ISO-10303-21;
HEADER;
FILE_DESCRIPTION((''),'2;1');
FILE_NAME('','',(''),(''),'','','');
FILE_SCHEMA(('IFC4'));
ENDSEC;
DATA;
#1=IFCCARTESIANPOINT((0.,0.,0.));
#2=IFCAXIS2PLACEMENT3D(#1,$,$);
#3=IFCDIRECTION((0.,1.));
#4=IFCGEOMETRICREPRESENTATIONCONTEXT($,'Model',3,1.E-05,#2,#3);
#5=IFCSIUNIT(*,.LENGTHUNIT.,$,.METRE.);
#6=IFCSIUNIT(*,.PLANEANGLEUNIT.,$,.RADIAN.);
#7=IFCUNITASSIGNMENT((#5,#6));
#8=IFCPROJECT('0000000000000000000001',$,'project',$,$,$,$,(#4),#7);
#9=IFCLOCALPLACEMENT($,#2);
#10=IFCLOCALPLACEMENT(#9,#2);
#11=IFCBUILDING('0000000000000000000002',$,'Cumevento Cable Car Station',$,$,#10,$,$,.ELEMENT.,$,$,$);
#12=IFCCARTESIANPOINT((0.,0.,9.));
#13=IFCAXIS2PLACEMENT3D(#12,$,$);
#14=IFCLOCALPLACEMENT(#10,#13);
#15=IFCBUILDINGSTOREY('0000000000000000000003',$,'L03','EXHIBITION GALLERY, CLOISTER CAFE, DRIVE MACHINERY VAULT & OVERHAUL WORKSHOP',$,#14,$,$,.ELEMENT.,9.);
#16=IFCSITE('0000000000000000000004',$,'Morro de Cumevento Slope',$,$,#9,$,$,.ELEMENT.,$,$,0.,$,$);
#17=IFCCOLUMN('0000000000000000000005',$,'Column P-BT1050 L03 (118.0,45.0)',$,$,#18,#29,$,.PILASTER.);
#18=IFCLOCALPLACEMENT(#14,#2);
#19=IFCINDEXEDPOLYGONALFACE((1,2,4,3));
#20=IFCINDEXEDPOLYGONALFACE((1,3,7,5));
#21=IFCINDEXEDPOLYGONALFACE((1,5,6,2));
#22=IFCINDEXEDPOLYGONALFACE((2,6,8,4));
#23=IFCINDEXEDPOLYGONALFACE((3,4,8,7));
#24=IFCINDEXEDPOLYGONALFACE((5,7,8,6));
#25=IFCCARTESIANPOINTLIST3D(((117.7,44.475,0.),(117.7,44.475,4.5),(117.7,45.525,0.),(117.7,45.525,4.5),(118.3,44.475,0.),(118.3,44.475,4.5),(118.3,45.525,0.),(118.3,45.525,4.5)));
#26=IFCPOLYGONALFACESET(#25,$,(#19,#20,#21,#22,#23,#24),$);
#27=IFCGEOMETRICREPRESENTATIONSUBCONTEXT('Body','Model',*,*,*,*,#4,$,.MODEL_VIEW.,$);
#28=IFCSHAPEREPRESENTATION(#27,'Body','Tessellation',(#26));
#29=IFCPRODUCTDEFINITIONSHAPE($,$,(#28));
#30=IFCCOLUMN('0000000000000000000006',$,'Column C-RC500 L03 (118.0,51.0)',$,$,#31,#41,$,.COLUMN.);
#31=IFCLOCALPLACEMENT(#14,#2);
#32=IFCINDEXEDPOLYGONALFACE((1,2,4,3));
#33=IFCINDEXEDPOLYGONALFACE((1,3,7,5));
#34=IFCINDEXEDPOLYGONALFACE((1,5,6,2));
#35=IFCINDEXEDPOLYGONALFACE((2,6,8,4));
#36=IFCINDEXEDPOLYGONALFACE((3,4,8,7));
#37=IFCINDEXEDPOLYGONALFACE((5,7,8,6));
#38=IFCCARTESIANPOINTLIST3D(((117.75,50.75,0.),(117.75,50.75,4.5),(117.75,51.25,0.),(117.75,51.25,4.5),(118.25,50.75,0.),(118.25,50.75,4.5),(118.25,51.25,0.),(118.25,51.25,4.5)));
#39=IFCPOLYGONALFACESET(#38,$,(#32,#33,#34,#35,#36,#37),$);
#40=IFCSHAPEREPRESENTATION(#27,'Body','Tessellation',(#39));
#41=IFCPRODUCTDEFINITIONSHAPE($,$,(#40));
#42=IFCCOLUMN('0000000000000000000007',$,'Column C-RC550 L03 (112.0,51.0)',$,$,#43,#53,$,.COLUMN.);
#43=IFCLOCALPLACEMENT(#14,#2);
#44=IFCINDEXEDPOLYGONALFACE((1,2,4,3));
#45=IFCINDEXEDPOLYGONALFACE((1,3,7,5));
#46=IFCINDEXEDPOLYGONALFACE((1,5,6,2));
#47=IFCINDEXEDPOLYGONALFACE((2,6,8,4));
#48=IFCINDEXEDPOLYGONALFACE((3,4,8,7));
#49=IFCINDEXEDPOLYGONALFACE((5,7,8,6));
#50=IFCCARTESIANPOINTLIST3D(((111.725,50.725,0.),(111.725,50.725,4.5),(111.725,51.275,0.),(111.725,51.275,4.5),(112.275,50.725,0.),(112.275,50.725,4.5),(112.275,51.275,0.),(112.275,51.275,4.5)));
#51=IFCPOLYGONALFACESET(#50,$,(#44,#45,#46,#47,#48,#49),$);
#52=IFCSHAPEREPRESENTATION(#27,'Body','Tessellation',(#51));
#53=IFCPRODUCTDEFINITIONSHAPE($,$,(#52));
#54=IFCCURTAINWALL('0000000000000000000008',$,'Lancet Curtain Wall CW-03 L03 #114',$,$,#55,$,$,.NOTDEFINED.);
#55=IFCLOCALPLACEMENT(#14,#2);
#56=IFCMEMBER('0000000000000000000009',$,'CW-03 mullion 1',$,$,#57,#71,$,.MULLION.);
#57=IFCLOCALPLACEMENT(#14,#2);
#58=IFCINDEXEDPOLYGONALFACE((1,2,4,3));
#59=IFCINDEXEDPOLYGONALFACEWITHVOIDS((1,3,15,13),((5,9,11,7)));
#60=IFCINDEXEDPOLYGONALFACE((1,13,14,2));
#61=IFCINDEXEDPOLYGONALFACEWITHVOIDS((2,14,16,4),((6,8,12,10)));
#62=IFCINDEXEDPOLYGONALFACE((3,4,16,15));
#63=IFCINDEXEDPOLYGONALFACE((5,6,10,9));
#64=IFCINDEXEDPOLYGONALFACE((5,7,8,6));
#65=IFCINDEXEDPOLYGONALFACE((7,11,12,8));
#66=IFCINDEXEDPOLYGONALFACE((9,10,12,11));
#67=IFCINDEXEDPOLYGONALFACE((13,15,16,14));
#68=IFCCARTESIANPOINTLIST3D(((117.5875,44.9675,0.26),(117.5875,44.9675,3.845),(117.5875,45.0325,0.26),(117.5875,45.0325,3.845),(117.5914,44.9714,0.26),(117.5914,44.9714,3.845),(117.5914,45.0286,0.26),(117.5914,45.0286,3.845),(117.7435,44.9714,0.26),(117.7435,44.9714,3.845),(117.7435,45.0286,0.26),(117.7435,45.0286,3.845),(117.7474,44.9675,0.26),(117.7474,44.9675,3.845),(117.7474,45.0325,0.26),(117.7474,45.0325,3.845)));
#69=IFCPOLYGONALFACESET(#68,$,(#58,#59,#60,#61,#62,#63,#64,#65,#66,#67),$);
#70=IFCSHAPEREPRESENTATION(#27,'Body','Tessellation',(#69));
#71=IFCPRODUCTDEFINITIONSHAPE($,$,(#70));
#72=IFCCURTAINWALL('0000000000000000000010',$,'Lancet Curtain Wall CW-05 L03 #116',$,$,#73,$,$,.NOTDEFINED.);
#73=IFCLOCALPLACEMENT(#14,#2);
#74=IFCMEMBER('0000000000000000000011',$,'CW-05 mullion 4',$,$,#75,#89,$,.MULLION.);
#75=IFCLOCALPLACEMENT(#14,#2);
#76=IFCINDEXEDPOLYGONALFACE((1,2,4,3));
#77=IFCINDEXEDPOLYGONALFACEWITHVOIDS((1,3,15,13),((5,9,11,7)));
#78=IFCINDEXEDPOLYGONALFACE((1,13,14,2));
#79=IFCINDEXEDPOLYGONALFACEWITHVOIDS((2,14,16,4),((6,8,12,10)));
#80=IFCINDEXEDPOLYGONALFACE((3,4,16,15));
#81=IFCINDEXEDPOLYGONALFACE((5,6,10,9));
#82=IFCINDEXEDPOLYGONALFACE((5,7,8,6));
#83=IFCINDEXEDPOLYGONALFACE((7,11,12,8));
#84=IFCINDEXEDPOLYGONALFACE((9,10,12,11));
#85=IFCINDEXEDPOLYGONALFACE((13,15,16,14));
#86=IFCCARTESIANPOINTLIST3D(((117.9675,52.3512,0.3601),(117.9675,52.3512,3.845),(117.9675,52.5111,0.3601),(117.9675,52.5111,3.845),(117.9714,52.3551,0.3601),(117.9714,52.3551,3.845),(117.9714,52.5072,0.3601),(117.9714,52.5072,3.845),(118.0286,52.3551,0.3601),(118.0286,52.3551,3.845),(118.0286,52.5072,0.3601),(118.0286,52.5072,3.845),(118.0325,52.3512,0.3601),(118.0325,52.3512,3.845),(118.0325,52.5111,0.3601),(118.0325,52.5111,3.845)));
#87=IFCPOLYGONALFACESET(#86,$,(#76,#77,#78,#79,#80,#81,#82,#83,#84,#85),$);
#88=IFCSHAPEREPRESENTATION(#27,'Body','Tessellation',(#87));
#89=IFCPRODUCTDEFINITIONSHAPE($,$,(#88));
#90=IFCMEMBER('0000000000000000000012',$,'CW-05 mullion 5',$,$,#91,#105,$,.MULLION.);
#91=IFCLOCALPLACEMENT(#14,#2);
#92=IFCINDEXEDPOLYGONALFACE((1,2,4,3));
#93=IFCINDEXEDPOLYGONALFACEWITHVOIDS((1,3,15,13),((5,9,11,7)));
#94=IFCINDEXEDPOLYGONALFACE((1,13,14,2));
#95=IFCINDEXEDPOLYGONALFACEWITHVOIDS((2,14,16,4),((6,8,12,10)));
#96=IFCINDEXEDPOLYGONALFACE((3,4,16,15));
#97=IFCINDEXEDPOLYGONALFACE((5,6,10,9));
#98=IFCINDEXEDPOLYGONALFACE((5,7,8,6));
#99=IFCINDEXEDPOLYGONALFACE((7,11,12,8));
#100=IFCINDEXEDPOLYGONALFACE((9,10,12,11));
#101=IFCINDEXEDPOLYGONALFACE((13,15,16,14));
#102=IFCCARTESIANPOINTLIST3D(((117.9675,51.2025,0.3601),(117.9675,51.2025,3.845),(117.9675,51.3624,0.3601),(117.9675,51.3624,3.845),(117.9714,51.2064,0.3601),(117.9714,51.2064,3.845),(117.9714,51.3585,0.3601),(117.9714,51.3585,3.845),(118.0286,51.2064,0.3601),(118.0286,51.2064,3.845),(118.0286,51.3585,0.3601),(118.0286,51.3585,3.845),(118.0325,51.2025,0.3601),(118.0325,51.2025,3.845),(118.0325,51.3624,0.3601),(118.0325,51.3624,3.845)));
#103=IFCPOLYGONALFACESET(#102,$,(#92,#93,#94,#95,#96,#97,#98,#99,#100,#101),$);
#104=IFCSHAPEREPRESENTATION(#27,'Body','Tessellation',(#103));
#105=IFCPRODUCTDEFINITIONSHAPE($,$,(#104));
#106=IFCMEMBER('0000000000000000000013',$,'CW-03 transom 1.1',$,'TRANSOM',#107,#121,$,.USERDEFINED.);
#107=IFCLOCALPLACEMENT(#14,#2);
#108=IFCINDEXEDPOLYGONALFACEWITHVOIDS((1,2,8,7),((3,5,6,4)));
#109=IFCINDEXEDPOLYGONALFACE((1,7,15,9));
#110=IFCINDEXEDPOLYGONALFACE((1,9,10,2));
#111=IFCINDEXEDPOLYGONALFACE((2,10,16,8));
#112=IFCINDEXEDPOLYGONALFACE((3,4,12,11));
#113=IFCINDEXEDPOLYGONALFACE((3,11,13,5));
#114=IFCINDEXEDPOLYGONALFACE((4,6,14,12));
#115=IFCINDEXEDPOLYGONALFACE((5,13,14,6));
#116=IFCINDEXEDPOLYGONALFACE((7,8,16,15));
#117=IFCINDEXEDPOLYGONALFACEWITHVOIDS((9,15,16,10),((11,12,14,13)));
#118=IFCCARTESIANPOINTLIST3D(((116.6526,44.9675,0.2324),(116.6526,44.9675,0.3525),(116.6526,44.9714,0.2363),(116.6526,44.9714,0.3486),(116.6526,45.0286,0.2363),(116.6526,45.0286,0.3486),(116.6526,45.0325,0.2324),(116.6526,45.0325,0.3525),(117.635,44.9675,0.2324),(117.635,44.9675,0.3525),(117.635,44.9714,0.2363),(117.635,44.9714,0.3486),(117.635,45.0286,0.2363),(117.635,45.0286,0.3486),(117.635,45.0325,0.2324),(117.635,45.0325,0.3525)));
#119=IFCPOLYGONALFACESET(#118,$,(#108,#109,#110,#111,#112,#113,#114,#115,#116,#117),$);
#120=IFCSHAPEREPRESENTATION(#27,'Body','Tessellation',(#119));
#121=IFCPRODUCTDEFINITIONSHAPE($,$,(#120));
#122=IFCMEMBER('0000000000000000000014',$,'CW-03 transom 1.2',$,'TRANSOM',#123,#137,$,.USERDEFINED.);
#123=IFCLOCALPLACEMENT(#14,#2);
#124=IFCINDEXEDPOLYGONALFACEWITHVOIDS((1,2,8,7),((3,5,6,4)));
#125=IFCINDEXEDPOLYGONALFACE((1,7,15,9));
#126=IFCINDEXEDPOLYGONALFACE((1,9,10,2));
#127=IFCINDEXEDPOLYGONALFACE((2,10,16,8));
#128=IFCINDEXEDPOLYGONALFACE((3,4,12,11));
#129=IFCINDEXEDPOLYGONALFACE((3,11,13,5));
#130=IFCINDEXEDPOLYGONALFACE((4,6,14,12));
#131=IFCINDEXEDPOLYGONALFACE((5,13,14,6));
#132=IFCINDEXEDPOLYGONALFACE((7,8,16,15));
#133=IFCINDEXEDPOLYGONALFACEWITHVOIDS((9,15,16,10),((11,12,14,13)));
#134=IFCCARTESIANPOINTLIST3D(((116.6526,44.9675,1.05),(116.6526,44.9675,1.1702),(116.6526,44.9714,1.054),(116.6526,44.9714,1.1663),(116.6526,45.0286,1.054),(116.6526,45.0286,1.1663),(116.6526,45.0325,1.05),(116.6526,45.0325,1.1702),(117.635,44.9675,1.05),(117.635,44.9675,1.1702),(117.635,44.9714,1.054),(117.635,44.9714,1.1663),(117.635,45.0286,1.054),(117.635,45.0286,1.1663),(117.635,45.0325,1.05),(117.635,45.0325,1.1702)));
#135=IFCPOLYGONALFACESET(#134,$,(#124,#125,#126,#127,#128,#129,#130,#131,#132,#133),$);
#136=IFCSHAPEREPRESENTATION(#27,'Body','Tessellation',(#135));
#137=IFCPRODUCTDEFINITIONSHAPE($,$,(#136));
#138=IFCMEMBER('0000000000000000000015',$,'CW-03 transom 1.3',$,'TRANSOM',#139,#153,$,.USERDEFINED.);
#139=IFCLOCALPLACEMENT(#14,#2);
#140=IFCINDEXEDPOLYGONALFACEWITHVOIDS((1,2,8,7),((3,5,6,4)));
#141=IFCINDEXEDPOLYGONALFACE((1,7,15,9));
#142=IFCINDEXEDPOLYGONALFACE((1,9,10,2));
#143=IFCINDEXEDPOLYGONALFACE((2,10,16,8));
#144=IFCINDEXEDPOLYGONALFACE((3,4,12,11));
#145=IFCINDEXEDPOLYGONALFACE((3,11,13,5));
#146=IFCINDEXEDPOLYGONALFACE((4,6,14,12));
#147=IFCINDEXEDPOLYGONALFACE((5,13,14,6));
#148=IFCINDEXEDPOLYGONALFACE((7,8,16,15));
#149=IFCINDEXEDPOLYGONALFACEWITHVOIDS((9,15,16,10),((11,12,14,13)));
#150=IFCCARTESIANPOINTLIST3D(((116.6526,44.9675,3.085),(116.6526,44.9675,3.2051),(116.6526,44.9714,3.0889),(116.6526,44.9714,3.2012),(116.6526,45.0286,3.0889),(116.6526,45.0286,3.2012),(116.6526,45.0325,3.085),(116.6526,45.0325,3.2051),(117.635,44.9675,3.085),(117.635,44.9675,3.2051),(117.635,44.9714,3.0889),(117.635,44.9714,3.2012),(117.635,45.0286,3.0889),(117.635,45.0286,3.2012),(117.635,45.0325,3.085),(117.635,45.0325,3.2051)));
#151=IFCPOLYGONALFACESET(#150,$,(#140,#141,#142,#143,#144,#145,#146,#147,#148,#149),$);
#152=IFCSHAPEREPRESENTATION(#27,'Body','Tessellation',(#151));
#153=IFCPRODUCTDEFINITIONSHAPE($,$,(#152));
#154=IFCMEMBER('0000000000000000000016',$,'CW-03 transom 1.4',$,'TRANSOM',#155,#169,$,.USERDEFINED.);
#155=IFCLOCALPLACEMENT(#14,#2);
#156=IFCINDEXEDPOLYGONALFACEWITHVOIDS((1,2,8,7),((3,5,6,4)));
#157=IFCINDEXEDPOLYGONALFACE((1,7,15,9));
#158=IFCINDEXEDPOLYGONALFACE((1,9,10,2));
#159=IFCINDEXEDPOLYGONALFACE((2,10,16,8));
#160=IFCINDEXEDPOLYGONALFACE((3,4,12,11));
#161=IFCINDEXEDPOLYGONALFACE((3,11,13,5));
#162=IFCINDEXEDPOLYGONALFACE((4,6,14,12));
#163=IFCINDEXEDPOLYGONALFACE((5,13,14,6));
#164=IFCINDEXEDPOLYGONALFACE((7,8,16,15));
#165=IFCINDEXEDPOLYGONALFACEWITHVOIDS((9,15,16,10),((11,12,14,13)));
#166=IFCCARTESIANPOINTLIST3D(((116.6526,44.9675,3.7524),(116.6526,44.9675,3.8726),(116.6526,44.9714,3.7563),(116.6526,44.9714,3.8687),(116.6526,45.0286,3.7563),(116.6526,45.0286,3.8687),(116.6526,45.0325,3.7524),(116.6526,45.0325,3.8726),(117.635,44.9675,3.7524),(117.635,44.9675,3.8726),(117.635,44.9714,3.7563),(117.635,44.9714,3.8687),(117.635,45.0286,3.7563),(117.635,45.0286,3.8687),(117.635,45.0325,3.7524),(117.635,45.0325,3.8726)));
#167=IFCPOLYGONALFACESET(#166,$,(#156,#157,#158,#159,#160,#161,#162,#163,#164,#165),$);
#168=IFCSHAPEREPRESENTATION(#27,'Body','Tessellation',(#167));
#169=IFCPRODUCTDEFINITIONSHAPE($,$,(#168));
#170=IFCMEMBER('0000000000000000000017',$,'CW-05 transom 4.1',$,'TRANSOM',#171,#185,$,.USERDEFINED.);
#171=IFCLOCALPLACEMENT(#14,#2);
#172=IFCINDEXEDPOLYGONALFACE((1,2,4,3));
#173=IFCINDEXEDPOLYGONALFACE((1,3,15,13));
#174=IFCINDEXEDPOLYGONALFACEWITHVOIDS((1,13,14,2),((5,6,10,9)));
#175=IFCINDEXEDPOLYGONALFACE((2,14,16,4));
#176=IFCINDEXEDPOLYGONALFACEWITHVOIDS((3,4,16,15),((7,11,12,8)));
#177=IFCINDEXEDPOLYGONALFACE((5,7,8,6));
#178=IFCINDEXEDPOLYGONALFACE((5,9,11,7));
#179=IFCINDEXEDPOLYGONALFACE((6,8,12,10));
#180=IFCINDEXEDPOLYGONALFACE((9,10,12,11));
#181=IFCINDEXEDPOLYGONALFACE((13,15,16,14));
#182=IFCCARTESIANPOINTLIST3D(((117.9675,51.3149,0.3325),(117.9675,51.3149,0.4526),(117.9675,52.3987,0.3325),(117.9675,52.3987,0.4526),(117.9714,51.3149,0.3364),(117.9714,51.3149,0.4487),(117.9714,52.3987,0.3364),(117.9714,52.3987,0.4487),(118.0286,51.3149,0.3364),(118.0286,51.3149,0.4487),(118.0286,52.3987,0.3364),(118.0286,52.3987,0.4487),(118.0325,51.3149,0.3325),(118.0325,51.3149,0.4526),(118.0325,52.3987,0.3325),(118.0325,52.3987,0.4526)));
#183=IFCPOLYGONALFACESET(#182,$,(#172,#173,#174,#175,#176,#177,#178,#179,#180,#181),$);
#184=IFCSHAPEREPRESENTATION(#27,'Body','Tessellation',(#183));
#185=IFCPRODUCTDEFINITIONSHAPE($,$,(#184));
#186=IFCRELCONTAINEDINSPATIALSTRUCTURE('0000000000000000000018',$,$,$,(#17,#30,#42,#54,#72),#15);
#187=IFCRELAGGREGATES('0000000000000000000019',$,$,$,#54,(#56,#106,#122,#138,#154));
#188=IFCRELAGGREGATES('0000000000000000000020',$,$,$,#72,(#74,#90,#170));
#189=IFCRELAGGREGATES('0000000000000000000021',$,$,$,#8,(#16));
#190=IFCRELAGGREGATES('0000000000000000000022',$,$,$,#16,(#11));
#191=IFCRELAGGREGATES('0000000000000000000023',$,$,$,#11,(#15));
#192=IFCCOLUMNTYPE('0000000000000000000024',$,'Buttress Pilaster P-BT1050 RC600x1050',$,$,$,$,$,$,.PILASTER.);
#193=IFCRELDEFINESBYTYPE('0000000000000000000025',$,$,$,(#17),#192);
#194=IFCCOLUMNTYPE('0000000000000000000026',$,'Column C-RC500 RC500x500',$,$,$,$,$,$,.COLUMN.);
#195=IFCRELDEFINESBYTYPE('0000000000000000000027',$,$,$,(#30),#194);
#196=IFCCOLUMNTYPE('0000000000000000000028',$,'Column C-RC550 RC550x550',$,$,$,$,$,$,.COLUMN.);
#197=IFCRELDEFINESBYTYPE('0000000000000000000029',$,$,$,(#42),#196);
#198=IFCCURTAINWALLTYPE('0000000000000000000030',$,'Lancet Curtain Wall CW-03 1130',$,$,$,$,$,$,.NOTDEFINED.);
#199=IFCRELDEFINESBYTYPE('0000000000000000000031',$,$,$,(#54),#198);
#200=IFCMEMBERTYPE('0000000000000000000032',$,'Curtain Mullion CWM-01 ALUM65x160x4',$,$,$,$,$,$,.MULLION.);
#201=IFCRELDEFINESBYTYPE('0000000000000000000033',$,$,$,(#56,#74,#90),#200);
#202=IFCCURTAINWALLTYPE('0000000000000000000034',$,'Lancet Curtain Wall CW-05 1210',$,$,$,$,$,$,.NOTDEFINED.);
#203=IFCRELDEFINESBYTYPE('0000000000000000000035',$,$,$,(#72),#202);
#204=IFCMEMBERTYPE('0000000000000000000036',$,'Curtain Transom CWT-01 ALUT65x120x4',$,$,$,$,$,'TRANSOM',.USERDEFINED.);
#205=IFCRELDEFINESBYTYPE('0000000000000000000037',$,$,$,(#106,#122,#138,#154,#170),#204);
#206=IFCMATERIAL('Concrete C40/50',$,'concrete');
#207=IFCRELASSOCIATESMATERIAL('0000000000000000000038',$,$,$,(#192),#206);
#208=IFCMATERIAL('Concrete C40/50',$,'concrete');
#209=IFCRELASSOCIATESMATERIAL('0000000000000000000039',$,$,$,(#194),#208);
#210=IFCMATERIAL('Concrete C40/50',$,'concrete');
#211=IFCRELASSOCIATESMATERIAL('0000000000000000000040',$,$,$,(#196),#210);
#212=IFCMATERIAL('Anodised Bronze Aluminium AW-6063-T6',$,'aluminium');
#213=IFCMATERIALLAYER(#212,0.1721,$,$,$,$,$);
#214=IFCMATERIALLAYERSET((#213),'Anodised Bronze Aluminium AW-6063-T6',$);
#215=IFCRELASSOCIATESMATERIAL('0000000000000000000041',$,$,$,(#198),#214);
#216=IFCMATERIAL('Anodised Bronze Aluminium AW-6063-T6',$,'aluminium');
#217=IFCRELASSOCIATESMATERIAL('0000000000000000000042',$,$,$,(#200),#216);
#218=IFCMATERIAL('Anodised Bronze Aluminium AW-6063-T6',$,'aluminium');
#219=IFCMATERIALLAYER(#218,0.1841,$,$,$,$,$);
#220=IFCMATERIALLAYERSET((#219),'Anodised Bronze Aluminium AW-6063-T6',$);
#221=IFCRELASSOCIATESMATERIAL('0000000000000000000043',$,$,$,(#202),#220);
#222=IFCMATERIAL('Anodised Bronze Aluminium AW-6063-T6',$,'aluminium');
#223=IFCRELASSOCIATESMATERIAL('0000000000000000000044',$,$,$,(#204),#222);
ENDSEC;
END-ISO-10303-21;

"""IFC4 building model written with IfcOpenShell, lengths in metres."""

from ifc_helpers import new_model, si_unit, direction, frame, origin, origin_2d, place, context, subcontext, project, spatial, rectangle, hollow_rectangle, extrude, material, layer, layer_set, material_profile, profile_set, type_object, element, aggregate, save


model = new_model("IFC4")

# Units and contexts
model_context = context("Model", 3, precision=1e-05, world=origin(), true_north=direction((0.0, 1.0)))
body_context = subcontext(model_context, "Body", "Model", "MODEL_VIEW")
ifc_project = project(units=[si_unit("LENGTHUNIT", "METRE"), si_unit("PLANEANGLEUNIT", "RADIAN")], contexts=[model_context])

# Site, building, storey
site_placement = place(None, origin())
site = spatial("IfcSite", under=ifc_project, at=site_placement, Name="Morro de Cumevento Slope", CompositionType="ELEMENT", RefElevation=0.0)
building_placement = place(site_placement, origin())
building = spatial("IfcBuilding", under=site, at=building_placement, Name="Cumevento Cable Car Station", CompositionType="ELEMENT")
storey_placement = place(building_placement, frame((0.0, 0.0, 9.0)))
storey = spatial("IfcBuildingStorey", under=building, at=storey_placement, Name="L03", Description="EXHIBITION GALLERY, CLOISTER CAFE, DRIVE MACHINERY VAULT & OVERHAUL WORKSHOP", CompositionType="ELEMENT", Elevation=9.0)

# Columns
ifc_material_1 = material(Name="Concrete C40/50", Category="concrete")
ifc_material_profile_1 = material_profile(ifc_material_1, rectangle(XDim=0.6001, YDim=1.05, at=origin_2d()), Name="RC600x1050")
ifc_profile_set_1 = profile_set([ifc_material_profile_1], Name="Concrete C40/50")
column_type_1 = type_object("IfcColumnType", Name="Buttress Pilaster P-BT1050 RC600x1050", PredefinedType="PILASTER", material=ifc_profile_set_1)
column_1_placement = place(storey_placement, frame((118.0, 45.0, 0.0), z_axis=(0.0, 0.0, 1.0), x_axis=(1.0, 0.0, 0.0)))
element("IfcColumn", 1, at=column_1_placement, inside=storey, type_object=column_type_1, Name="Column P-BT1050 L03 (118.0,45.0)", PredefinedType="PILASTER", context=body_context, shape_type="SweptSolid", body=[
    extrude(rectangle(XDim=0.6001, YDim=1.05, at=origin_2d()), origin(), (0.0, 0.0, 1.0), 4.5),
])
ifc_material_2 = material(Name="Concrete C40/50", Category="concrete")
ifc_material_profile_2 = material_profile(ifc_material_2, rectangle(XDim=0.5, YDim=0.5, at=origin_2d()), Name="RC500x500")
ifc_profile_set_2 = profile_set([ifc_material_profile_2], Name="Concrete C40/50")
column_type_2 = type_object("IfcColumnType", Name="Column C-RC500 RC500x500", PredefinedType="COLUMN", material=ifc_profile_set_2)
column_2_placement = place(storey_placement, frame((118.0, 51.0, 0.0), z_axis=(0.0, 0.0, 1.0), x_axis=(1.0, 0.0, 0.0)))
element("IfcColumn", 2, at=column_2_placement, inside=storey, type_object=column_type_2, Name="Column C-RC500 L03 (118.0,51.0)", PredefinedType="COLUMN", context=body_context, shape_type="SweptSolid", body=[
    extrude(rectangle(XDim=0.5, YDim=0.5, at=origin_2d()), origin(), (0.0, 0.0, 1.0), 4.5),
])
ifc_material_3 = material(Name="Concrete C40/50", Category="concrete")
ifc_material_profile_3 = material_profile(ifc_material_3, rectangle(XDim=0.55, YDim=0.55, at=origin_2d()), Name="RC550x550")
ifc_profile_set_3 = profile_set([ifc_material_profile_3], Name="Concrete C40/50")
column_type_3 = type_object("IfcColumnType", Name="Column C-RC550 RC550x550", PredefinedType="COLUMN", material=ifc_profile_set_3)
column_3_placement = place(storey_placement, frame((112.0, 51.0, 0.0), z_axis=(0.0, 0.0, 1.0), x_axis=(1.0, 0.0, 0.0)))
element("IfcColumn", 3, at=column_3_placement, inside=storey, type_object=column_type_3, Name="Column C-RC550 L03 (112.0,51.0)", PredefinedType="COLUMN", context=body_context, shape_type="SweptSolid", body=[
    extrude(rectangle(XDim=0.55, YDim=0.55, at=origin_2d()), origin(), (0.0, 0.0, 1.0), 4.5),
])

# Curtain wall, member
ifc_material_4 = material(Name="Anodised Bronze Aluminium AW-6063-T6", Category="aluminium")
ifc_layer_1 = layer(ifc_material_4, 0.1721)
ifc_layer_set_1 = layer_set([ifc_layer_1], Name="Anodised Bronze Aluminium AW-6063-T6")
curtain_wall_type_1 = type_object("IfcCurtainWallType", Name="Lancet Curtain Wall CW-03 1130", PredefinedType="NOTDEFINED", material=ifc_layer_set_1)
curtain_wall_1_placement = place(storey_placement, origin())
curtain_wall_1 = element("IfcCurtainWall", 4, at=curtain_wall_1_placement, inside=storey, type_object=curtain_wall_type_1, Name="Lancet Curtain Wall CW-03 L03 #114", PredefinedType="NOTDEFINED")
ifc_material_5 = material(Name="Anodised Bronze Aluminium AW-6063-T6", Category="aluminium")
ifc_material_profile_4 = material_profile(ifc_material_5, hollow_rectangle(XDim=0.0649, YDim=0.1599, WallThickness=0.0039, at=origin_2d()), Name="ALUM65x160x4")
ifc_profile_set_4 = profile_set([ifc_material_profile_4], Name="Anodised Bronze Aluminium AW-6063-T6")
member_type_1 = type_object("IfcMemberType", Name="Curtain Mullion CWM-01 ALUM65x160x4", PredefinedType="MULLION", material=ifc_profile_set_4)
member_1_placement = place(storey_placement, frame((117.6675, 45.0, 0.26), z_axis=(0.0, 0.0, 1.0), x_axis=(0.0, -1.0, 0.0)))
member_1 = element("IfcMember", 5, at=member_1_placement, type_object=member_type_1, Name="CW-03 mullion 1", PredefinedType="MULLION", context=body_context, shape_type="SweptSolid", body=[
    extrude(hollow_rectangle(XDim=0.0649, YDim=0.1599, WallThickness=0.0039, at=origin_2d()), origin(), (0.0, 0.0, 1.0), 3.585),
])

# Curtain wall, members
ifc_material_6 = material(Name="Anodised Bronze Aluminium AW-6063-T6", Category="aluminium")
ifc_layer_2 = layer(ifc_material_6, 0.1841)
ifc_layer_set_2 = layer_set([ifc_layer_2], Name="Anodised Bronze Aluminium AW-6063-T6")
curtain_wall_type_2 = type_object("IfcCurtainWallType", Name="Lancet Curtain Wall CW-05 1210", PredefinedType="NOTDEFINED", material=ifc_layer_set_2)
curtain_wall_2_placement = place(storey_placement, origin())
curtain_wall_2 = element("IfcCurtainWall", 6, at=curtain_wall_2_placement, inside=storey, type_object=curtain_wall_type_2, Name="Lancet Curtain Wall CW-05 L03 #116", PredefinedType="NOTDEFINED")
member_2_placement = place(storey_placement, frame((118.0, 52.4312, 0.3601), z_axis=(0.0, 0.0, 1.0), x_axis=(1.0, 0.0, 0.0)))
member_2 = element("IfcMember", 7, at=member_2_placement, type_object=member_type_1, Name="CW-05 mullion 4", PredefinedType="MULLION", context=body_context, shape_type="SweptSolid", body=[
    extrude(hollow_rectangle(XDim=0.0649, YDim=0.1599, WallThickness=0.0039, at=origin_2d()), origin(), (0.0, 0.0, 1.0), 3.4849),
])
member_3_placement = place(storey_placement, frame((118.0, 51.2825, 0.3601), z_axis=(0.0, 0.0, 1.0), x_axis=(1.0, 0.0, 0.0)))
member_3 = element("IfcMember", 8, at=member_3_placement, type_object=member_type_1, Name="CW-05 mullion 5", PredefinedType="MULLION", context=body_context, shape_type="SweptSolid", body=[
    extrude(hollow_rectangle(XDim=0.0649, YDim=0.1599, WallThickness=0.0039, at=origin_2d()), origin(), (0.0, 0.0, 1.0), 3.4849),
])

# Members
ifc_material_7 = material(Name="Anodised Bronze Aluminium AW-6063-T6", Category="aluminium")
ifc_material_profile_5 = material_profile(ifc_material_7, hollow_rectangle(XDim=0.0649, YDim=0.1201, WallThickness=0.0039, at=origin_2d()), Name="ALUT65x120x4")
ifc_profile_set_5 = profile_set([ifc_material_profile_5], Name="Anodised Bronze Aluminium AW-6063-T6")
member_type_2 = type_object("IfcMemberType", Name="Curtain Transom CWT-01 ALUT65x120x4", ElementType="TRANSOM", PredefinedType="USERDEFINED", material=ifc_profile_set_5)
member_4_placement = place(storey_placement, frame((117.635, 45.0, 0.2925), z_axis=(-1.0, 0.0, 0.0), x_axis=(0.0, -1.0, 0.0)))
member_4 = element("IfcMember", 9, at=member_4_placement, type_object=member_type_2, Name="CW-03 transom 1.1", ObjectType="TRANSOM", PredefinedType="USERDEFINED", context=body_context, shape_type="SweptSolid", body=[
    extrude(hollow_rectangle(XDim=0.0649, YDim=0.1201, WallThickness=0.0039, at=origin_2d()), origin(), (0.0, 0.0, 1.0), 0.9824),
])
member_5_placement = place(storey_placement, frame((117.635, 45.0, 1.1101), z_axis=(-1.0, 0.0, 0.0), x_axis=(0.0, -1.0, 0.0)))
member_5 = element("IfcMember", 10, at=member_5_placement, type_object=member_type_2, Name="CW-03 transom 1.2", ObjectType="TRANSOM", PredefinedType="USERDEFINED", context=body_context, shape_type="SweptSolid", body=[
    extrude(hollow_rectangle(XDim=0.0649, YDim=0.1201, WallThickness=0.0039, at=origin_2d()), origin(), (0.0, 0.0, 1.0), 0.9824),
])
member_6_placement = place(storey_placement, frame((117.635, 45.0, 3.145), z_axis=(-1.0, 0.0, 0.0), x_axis=(0.0, -1.0, 0.0)))
member_6 = element("IfcMember", 11, at=member_6_placement, type_object=member_type_2, Name="CW-03 transom 1.3", ObjectType="TRANSOM", PredefinedType="USERDEFINED", context=body_context, shape_type="SweptSolid", body=[
    extrude(hollow_rectangle(XDim=0.0649, YDim=0.1201, WallThickness=0.0039, at=origin_2d()), origin(), (0.0, 0.0, 1.0), 0.9824),
])
member_7_placement = place(storey_placement, frame((117.635, 45.0, 3.8125), z_axis=(-1.0, 0.0, 0.0), x_axis=(0.0, -1.0, 0.0)))
member_7 = element("IfcMember", 12, at=member_7_placement, type_object=member_type_2, Name="CW-03 transom 1.4", ObjectType="TRANSOM", PredefinedType="USERDEFINED", context=body_context, shape_type="SweptSolid", body=[
    extrude(hollow_rectangle(XDim=0.0649, YDim=0.1201, WallThickness=0.0039, at=origin_2d()), origin(), (0.0, 0.0, 1.0), 0.9824),
])
member_8_placement = place(storey_placement, frame((118.0, 52.3987, 0.3926), z_axis=(0.0, -1.0, 0.0), x_axis=(1.0, 0.0, 0.0)))
member_8 = element("IfcMember", 13, at=member_8_placement, type_object=member_type_2, Name="CW-05 transom 4.1", ObjectType="TRANSOM", PredefinedType="USERDEFINED", context=body_context, shape_type="SweptSolid", body=[
    extrude(hollow_rectangle(XDim=0.0649, YDim=0.1201, WallThickness=0.0039, at=origin_2d()), origin(), (0.0, 0.0, 1.0), 1.0837),
])

aggregate(curtain_wall_1, [member_1, member_4, member_5, member_6, member_7])
aggregate(curtain_wall_2, [member_2, member_3, member_8])

save(model, "model.ifc")
